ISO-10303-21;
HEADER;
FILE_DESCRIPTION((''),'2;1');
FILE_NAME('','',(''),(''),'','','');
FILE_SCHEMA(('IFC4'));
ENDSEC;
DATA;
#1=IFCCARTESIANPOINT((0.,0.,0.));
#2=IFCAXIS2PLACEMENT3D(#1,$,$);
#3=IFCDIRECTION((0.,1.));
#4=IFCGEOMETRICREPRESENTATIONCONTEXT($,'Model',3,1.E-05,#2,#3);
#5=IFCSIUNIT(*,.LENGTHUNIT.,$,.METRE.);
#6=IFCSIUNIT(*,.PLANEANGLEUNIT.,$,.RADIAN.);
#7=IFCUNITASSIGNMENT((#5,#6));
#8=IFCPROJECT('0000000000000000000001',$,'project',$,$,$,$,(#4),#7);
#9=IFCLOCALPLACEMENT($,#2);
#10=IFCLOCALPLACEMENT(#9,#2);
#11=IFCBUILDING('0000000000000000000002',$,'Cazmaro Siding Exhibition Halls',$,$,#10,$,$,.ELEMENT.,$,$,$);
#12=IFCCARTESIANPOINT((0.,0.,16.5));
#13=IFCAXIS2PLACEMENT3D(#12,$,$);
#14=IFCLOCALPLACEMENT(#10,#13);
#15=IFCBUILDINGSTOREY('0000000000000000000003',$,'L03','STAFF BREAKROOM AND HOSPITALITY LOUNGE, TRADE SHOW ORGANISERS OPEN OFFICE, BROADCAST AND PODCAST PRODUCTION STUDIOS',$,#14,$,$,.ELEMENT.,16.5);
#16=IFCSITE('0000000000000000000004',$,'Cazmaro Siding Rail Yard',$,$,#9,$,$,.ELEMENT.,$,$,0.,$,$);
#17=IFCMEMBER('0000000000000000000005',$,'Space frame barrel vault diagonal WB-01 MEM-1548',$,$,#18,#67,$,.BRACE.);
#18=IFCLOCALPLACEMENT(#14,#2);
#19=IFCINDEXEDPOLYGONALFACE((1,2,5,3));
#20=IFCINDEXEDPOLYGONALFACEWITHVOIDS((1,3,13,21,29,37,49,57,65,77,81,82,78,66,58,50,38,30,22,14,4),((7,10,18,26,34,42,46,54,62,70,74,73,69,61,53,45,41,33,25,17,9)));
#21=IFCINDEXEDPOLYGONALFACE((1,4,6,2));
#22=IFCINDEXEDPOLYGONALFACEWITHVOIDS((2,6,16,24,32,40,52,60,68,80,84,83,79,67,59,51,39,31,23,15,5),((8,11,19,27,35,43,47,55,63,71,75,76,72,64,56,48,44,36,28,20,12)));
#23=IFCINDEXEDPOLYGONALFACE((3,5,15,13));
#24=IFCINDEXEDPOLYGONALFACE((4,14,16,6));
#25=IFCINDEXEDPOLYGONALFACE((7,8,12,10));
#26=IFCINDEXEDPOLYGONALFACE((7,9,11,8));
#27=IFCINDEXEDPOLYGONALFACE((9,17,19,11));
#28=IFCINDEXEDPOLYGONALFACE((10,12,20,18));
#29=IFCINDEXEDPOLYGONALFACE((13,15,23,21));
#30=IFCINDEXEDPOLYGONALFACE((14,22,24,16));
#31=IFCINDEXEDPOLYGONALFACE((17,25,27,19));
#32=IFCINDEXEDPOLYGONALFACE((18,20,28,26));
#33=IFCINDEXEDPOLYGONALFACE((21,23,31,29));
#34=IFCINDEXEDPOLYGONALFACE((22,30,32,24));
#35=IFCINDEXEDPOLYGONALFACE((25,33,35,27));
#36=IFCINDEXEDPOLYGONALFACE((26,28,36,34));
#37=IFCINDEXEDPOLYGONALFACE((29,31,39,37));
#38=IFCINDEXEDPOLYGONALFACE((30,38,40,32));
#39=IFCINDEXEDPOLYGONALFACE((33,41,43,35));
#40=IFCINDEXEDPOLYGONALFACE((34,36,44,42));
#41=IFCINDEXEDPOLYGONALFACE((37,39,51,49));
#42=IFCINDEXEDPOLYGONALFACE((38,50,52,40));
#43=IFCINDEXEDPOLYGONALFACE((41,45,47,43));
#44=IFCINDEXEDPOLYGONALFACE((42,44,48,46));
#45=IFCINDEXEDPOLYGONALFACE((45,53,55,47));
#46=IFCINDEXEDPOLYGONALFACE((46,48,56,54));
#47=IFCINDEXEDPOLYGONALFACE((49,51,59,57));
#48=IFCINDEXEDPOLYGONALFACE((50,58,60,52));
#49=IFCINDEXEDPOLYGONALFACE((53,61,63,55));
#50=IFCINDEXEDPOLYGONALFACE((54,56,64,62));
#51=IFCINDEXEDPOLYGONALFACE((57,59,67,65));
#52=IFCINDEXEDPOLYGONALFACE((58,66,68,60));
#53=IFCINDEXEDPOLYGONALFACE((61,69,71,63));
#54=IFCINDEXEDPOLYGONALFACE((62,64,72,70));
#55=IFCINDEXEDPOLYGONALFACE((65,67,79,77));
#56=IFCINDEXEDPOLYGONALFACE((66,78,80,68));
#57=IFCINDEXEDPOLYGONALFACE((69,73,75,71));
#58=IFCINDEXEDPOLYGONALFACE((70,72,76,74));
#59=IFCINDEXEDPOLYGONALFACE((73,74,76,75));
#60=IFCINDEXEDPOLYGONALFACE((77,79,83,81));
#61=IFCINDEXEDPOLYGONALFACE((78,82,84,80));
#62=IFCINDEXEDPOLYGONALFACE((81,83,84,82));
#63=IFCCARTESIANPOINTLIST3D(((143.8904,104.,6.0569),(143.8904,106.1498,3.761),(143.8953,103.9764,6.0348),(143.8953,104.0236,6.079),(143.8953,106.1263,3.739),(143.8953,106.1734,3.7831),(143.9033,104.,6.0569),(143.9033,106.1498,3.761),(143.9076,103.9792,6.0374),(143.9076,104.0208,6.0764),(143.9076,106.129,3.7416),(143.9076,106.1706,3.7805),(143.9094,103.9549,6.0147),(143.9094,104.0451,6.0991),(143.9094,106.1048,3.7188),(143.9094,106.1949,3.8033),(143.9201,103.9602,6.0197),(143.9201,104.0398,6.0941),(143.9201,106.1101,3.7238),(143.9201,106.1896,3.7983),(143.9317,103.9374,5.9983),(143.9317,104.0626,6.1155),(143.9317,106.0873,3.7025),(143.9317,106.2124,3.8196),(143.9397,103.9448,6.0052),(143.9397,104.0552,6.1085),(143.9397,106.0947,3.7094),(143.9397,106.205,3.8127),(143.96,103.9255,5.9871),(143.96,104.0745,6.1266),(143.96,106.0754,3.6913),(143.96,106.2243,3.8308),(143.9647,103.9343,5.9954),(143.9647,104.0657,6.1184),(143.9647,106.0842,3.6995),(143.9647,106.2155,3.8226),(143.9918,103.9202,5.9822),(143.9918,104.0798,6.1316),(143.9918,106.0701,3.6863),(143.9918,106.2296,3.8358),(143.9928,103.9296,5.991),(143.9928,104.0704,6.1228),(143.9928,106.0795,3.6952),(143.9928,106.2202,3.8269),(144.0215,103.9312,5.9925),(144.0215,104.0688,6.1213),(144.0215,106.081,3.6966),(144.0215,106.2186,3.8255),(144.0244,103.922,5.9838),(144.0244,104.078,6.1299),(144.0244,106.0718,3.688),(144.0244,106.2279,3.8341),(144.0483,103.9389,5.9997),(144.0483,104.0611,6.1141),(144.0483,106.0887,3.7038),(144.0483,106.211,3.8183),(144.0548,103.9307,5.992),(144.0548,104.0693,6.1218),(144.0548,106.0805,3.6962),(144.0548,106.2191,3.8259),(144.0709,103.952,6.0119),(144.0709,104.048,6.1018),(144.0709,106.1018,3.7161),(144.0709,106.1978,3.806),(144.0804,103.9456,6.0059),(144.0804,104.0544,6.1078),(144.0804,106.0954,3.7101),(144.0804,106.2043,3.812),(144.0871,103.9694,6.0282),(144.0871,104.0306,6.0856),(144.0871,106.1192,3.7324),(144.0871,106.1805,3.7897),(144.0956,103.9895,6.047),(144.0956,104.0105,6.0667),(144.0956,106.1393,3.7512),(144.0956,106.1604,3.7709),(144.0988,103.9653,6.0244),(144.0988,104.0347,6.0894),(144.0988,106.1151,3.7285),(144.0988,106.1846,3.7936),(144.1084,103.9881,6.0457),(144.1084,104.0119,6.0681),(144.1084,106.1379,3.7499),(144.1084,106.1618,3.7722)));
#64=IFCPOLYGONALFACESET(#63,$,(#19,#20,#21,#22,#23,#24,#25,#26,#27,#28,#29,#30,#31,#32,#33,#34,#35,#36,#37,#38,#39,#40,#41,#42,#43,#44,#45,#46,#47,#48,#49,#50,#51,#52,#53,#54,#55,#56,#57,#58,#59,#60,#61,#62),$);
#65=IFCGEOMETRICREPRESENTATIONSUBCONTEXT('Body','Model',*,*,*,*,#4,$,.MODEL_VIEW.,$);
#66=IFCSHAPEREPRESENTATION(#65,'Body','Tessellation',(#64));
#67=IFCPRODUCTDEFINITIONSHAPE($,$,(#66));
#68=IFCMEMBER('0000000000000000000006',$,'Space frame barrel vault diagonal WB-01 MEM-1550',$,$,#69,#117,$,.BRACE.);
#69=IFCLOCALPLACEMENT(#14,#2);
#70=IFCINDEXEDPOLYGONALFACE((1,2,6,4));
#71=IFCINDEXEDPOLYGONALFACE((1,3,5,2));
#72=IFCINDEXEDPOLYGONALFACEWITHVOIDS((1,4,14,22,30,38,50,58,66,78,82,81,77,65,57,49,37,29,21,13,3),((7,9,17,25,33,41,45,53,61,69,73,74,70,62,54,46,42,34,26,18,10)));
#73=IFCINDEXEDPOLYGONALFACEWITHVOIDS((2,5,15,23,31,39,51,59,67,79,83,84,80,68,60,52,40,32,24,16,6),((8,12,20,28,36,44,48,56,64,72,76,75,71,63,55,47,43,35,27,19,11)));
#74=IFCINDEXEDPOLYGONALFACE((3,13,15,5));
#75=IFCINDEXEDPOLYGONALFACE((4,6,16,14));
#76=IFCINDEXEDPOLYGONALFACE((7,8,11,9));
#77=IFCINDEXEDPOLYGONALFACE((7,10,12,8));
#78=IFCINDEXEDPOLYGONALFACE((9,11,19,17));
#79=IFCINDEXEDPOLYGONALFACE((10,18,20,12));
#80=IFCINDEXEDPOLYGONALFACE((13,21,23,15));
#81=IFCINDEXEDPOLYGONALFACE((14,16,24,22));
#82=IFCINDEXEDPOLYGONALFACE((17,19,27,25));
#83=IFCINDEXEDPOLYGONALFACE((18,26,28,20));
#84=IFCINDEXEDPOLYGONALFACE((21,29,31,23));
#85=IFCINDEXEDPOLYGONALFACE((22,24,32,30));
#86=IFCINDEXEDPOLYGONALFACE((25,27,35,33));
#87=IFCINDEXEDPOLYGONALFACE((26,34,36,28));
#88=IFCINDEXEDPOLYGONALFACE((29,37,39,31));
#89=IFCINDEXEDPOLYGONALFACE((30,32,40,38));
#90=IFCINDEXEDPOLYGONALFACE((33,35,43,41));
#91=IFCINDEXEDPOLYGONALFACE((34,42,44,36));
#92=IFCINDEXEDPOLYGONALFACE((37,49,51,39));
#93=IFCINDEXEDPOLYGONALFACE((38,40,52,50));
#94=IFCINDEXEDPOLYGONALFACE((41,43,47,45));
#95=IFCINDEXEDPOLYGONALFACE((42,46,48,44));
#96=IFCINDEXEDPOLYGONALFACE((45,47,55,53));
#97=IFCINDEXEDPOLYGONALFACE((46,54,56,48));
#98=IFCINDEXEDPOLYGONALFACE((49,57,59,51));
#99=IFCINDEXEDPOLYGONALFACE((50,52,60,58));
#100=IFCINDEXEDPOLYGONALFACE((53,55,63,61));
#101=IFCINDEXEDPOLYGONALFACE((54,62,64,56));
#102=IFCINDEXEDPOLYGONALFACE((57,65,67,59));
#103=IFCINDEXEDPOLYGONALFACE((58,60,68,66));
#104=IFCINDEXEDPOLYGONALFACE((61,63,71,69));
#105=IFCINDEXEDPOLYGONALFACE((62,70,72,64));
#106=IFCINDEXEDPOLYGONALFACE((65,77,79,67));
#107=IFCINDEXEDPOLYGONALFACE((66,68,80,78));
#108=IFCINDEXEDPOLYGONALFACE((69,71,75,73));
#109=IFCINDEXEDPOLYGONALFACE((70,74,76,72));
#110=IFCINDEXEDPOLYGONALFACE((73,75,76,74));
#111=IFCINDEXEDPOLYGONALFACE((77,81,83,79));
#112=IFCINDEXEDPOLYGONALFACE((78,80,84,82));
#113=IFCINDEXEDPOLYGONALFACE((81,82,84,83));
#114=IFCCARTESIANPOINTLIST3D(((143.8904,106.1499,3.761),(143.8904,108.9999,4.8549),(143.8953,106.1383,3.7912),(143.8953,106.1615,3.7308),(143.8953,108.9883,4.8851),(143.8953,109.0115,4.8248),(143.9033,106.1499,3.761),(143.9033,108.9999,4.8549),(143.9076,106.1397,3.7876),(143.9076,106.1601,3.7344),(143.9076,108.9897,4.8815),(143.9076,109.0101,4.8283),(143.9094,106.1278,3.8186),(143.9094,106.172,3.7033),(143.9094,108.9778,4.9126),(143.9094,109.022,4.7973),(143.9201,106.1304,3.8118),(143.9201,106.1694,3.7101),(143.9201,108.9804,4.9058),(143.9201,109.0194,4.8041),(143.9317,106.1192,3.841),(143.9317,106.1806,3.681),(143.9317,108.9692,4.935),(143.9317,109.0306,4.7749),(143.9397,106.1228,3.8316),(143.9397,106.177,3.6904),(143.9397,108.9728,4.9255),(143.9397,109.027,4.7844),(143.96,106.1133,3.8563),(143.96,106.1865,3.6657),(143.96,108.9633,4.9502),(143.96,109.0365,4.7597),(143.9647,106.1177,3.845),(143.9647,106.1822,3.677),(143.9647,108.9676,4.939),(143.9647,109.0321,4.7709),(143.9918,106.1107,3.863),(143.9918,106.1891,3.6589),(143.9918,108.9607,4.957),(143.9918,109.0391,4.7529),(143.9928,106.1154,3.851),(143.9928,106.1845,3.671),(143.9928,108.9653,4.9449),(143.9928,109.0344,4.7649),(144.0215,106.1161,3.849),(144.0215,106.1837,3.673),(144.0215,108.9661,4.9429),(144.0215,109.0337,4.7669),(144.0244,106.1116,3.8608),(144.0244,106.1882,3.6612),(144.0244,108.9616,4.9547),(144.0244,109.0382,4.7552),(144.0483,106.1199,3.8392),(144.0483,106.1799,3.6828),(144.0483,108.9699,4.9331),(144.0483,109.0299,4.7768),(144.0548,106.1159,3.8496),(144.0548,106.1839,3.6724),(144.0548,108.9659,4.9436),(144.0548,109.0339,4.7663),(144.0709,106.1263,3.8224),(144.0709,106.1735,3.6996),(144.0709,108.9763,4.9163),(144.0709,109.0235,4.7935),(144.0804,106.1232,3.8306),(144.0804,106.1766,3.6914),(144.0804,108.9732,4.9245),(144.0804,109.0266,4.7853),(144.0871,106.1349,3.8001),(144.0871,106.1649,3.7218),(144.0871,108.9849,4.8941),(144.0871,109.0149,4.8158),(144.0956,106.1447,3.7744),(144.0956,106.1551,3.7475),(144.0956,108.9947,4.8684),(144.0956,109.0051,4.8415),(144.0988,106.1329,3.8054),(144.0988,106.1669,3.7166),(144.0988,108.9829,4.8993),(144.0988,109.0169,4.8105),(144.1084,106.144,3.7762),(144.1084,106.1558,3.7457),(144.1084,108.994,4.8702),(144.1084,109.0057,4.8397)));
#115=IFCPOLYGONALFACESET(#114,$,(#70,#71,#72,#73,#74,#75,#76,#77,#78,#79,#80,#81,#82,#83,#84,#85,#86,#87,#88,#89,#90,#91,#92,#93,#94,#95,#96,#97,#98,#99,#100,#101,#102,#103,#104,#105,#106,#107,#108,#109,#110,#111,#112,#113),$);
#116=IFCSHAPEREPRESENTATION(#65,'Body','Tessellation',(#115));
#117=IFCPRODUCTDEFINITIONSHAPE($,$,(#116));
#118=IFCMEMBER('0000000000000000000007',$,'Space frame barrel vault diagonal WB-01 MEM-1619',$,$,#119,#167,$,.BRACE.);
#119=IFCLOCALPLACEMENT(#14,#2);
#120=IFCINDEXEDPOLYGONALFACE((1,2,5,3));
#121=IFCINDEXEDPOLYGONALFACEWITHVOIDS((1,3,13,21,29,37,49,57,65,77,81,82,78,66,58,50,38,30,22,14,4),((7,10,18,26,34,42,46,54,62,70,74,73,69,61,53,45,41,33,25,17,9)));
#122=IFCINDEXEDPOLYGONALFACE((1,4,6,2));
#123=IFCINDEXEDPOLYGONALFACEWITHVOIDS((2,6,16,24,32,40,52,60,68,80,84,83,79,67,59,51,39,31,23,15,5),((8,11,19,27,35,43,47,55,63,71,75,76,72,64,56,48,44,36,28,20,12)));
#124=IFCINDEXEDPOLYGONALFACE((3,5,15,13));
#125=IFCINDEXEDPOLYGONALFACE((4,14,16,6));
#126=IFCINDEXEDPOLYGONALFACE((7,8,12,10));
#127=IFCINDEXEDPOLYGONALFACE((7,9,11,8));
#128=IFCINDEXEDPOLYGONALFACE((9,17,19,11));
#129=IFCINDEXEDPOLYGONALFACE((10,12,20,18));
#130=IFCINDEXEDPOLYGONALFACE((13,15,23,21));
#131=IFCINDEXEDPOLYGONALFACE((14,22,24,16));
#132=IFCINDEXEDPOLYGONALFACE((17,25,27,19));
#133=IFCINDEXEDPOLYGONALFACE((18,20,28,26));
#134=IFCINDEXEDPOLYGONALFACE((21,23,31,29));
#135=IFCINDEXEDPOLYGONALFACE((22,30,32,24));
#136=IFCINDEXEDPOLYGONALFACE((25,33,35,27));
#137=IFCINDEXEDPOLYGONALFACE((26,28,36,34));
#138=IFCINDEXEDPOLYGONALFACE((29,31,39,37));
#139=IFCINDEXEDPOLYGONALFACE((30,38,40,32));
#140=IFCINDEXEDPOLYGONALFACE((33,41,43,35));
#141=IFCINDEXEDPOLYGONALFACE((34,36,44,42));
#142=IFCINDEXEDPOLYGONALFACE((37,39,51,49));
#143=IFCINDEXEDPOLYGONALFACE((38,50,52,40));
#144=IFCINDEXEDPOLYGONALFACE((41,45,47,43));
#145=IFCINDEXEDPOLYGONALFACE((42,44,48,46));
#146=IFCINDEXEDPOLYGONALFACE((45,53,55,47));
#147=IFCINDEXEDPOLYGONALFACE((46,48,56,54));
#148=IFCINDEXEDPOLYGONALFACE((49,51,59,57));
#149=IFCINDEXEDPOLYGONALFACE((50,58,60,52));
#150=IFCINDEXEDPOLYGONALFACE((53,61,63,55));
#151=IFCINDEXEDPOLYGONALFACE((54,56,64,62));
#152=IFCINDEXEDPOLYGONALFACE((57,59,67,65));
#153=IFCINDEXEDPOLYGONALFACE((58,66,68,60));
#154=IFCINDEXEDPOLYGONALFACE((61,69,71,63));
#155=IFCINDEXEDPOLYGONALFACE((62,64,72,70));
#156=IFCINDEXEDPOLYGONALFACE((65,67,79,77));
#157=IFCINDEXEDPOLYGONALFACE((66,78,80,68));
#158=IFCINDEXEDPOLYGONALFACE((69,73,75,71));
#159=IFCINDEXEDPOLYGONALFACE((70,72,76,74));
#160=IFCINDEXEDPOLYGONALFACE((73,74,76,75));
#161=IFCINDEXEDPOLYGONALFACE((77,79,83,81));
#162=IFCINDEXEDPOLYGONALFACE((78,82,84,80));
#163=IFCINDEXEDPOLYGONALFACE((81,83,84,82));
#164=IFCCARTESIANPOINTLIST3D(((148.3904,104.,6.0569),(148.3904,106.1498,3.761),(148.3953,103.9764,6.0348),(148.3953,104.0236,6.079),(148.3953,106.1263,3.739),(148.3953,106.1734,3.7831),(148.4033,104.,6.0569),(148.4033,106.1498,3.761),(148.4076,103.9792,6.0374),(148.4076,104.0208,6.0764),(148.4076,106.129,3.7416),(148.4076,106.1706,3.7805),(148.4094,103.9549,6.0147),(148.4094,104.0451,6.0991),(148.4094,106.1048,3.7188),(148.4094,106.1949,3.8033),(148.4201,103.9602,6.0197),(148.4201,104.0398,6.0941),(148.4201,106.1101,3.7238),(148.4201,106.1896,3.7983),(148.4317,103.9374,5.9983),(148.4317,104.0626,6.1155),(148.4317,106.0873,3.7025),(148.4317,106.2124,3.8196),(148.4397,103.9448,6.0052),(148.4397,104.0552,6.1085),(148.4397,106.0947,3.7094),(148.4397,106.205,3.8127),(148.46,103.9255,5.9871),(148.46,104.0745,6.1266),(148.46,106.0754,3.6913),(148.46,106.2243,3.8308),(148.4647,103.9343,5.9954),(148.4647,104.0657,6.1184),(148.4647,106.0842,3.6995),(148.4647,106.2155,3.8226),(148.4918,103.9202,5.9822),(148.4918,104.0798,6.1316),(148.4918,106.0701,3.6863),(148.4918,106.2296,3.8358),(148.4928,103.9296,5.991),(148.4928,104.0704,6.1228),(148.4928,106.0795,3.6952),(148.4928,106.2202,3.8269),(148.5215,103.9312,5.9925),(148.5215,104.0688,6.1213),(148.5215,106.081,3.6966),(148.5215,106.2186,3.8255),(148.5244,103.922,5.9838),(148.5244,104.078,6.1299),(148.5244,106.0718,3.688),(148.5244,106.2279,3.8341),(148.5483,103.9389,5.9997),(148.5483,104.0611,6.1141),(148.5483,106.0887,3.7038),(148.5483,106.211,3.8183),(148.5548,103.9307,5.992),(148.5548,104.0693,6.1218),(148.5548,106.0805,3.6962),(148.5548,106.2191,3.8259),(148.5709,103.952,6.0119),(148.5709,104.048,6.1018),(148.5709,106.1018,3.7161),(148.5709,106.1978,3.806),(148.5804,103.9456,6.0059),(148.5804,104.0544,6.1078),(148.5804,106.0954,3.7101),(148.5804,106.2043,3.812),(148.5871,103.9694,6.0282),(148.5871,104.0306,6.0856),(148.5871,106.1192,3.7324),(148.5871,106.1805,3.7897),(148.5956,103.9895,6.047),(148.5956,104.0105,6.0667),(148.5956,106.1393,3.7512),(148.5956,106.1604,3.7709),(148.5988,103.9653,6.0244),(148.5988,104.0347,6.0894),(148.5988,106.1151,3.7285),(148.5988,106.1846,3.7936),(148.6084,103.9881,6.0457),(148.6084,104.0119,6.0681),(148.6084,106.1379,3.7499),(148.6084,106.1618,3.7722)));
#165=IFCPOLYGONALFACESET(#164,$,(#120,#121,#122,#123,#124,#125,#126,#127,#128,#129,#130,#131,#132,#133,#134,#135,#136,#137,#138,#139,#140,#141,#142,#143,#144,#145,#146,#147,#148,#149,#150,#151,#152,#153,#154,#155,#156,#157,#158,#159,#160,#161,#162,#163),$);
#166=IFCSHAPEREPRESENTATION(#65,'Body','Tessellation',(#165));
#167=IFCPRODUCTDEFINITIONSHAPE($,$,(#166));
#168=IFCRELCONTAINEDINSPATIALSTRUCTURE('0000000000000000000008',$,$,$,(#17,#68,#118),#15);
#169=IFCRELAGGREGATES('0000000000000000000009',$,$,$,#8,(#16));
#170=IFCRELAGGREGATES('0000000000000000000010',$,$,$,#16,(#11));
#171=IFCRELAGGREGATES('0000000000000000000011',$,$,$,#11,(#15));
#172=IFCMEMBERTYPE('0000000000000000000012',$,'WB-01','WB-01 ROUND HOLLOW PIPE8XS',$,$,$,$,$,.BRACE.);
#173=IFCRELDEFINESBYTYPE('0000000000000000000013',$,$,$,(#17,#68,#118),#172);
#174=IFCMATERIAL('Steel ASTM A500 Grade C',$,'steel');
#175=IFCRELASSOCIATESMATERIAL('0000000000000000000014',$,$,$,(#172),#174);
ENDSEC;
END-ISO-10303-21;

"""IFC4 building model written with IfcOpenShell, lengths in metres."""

from ifc_helpers import new_model, si_unit, direction, frame, origin, origin_2d, place, context, subcontext, project, spatial, hollow_circle, extrude, material, material_profile, profile_set, type_object, element, save


model = new_model("IFC4")

# Units and contexts
model_context = context("Model", 3, precision=1e-05, world=origin(), true_north=direction((0.0, 1.0)))
body_context = subcontext(model_context, "Body", "Model", "MODEL_VIEW")
ifc_project = project(units=[si_unit("LENGTHUNIT", "METRE"), si_unit("PLANEANGLEUNIT", "RADIAN")], contexts=[model_context])

# Site, building, storey
site_placement = place(None, origin())
site = spatial("IfcSite", under=ifc_project, at=site_placement, Name="Cazmaro Siding Rail Yard", CompositionType="ELEMENT", RefElevation=0.0)
building_placement = place(site_placement, origin())
building = spatial("IfcBuilding", under=site, at=building_placement, Name="Cazmaro Siding Exhibition Halls", CompositionType="ELEMENT")
storey_placement = place(building_placement, frame((0.0, 0.0, 16.5)))
storey = spatial("IfcBuildingStorey", under=building, at=storey_placement, Name="L03", Description="STAFF BREAKROOM AND HOSPITALITY LOUNGE, TRADE SHOW ORGANISERS OPEN OFFICE, BROADCAST AND PODCAST PRODUCTION STUDIOS", CompositionType="ELEMENT", Elevation=16.5)

# Members
ifc_material_1 = material(Name="Steel ASTM A500 Grade C", Category="steel")
ifc_material_profile_1 = material_profile(ifc_material_1, hollow_circle(Radius=0.1096, WallThickness=0.0129, at=origin_2d()), Name="PIPE8XS")
ifc_profile_set_1 = profile_set([ifc_material_profile_1], Name="Steel ASTM A500 Grade C")
member_type_1 = type_object("IfcMemberType", Name="WB-01", Description="WB-01 ROUND HOLLOW PIPE8XS", PredefinedType="BRACE", material=ifc_profile_set_1)
member_1_placement = place(storey_placement, frame((144.0, 104.0, 6.0569), z_axis=(0.0, 0.683518, -0.729934), x_axis=(-1.0, 0.0, 0.0)))
element("IfcMember", 1, at=member_1_placement, inside=storey, type_object=member_type_1, Name="Space frame barrel vault diagonal WB-01 MEM-1548", PredefinedType="BRACE", context=body_context, shape_type="SweptSolid", body=[
    extrude(hollow_circle(Radius=0.1096, WallThickness=0.0129, at=origin_2d()), origin(), (0.0, 0.0, 1.0), 3.1453),
])
member_2_placement = place(storey_placement, frame((144.0, 106.1499, 3.761), z_axis=(0.0, 0.933587, 0.358352), x_axis=(-1.0, 0.0, 0.0)))
element("IfcMember", 2, at=member_2_placement, inside=storey, type_object=member_type_1, Name="Space frame barrel vault diagonal WB-01 MEM-1550", PredefinedType="BRACE", context=body_context, shape_type="SweptSolid", body=[
    extrude(hollow_circle(Radius=0.1096, WallThickness=0.0129, at=origin_2d()), origin(), (0.0, 0.0, 1.0), 3.0527),
])
member_3_placement = place(storey_placement, frame((148.5, 104.0, 6.0569), z_axis=(0.0, 0.683518, -0.729934), x_axis=(-1.0, 0.0, 0.0)))
element("IfcMember", 3, at=member_3_placement, inside=storey, type_object=member_type_1, Name="Space frame barrel vault diagonal WB-01 MEM-1619", PredefinedType="BRACE", context=body_context, shape_type="SweptSolid", body=[
    extrude(hollow_circle(Radius=0.1096, WallThickness=0.0129, at=origin_2d()), origin(), (0.0, 0.0, 1.0), 3.1453),
])

save(model, "model.ifc")
